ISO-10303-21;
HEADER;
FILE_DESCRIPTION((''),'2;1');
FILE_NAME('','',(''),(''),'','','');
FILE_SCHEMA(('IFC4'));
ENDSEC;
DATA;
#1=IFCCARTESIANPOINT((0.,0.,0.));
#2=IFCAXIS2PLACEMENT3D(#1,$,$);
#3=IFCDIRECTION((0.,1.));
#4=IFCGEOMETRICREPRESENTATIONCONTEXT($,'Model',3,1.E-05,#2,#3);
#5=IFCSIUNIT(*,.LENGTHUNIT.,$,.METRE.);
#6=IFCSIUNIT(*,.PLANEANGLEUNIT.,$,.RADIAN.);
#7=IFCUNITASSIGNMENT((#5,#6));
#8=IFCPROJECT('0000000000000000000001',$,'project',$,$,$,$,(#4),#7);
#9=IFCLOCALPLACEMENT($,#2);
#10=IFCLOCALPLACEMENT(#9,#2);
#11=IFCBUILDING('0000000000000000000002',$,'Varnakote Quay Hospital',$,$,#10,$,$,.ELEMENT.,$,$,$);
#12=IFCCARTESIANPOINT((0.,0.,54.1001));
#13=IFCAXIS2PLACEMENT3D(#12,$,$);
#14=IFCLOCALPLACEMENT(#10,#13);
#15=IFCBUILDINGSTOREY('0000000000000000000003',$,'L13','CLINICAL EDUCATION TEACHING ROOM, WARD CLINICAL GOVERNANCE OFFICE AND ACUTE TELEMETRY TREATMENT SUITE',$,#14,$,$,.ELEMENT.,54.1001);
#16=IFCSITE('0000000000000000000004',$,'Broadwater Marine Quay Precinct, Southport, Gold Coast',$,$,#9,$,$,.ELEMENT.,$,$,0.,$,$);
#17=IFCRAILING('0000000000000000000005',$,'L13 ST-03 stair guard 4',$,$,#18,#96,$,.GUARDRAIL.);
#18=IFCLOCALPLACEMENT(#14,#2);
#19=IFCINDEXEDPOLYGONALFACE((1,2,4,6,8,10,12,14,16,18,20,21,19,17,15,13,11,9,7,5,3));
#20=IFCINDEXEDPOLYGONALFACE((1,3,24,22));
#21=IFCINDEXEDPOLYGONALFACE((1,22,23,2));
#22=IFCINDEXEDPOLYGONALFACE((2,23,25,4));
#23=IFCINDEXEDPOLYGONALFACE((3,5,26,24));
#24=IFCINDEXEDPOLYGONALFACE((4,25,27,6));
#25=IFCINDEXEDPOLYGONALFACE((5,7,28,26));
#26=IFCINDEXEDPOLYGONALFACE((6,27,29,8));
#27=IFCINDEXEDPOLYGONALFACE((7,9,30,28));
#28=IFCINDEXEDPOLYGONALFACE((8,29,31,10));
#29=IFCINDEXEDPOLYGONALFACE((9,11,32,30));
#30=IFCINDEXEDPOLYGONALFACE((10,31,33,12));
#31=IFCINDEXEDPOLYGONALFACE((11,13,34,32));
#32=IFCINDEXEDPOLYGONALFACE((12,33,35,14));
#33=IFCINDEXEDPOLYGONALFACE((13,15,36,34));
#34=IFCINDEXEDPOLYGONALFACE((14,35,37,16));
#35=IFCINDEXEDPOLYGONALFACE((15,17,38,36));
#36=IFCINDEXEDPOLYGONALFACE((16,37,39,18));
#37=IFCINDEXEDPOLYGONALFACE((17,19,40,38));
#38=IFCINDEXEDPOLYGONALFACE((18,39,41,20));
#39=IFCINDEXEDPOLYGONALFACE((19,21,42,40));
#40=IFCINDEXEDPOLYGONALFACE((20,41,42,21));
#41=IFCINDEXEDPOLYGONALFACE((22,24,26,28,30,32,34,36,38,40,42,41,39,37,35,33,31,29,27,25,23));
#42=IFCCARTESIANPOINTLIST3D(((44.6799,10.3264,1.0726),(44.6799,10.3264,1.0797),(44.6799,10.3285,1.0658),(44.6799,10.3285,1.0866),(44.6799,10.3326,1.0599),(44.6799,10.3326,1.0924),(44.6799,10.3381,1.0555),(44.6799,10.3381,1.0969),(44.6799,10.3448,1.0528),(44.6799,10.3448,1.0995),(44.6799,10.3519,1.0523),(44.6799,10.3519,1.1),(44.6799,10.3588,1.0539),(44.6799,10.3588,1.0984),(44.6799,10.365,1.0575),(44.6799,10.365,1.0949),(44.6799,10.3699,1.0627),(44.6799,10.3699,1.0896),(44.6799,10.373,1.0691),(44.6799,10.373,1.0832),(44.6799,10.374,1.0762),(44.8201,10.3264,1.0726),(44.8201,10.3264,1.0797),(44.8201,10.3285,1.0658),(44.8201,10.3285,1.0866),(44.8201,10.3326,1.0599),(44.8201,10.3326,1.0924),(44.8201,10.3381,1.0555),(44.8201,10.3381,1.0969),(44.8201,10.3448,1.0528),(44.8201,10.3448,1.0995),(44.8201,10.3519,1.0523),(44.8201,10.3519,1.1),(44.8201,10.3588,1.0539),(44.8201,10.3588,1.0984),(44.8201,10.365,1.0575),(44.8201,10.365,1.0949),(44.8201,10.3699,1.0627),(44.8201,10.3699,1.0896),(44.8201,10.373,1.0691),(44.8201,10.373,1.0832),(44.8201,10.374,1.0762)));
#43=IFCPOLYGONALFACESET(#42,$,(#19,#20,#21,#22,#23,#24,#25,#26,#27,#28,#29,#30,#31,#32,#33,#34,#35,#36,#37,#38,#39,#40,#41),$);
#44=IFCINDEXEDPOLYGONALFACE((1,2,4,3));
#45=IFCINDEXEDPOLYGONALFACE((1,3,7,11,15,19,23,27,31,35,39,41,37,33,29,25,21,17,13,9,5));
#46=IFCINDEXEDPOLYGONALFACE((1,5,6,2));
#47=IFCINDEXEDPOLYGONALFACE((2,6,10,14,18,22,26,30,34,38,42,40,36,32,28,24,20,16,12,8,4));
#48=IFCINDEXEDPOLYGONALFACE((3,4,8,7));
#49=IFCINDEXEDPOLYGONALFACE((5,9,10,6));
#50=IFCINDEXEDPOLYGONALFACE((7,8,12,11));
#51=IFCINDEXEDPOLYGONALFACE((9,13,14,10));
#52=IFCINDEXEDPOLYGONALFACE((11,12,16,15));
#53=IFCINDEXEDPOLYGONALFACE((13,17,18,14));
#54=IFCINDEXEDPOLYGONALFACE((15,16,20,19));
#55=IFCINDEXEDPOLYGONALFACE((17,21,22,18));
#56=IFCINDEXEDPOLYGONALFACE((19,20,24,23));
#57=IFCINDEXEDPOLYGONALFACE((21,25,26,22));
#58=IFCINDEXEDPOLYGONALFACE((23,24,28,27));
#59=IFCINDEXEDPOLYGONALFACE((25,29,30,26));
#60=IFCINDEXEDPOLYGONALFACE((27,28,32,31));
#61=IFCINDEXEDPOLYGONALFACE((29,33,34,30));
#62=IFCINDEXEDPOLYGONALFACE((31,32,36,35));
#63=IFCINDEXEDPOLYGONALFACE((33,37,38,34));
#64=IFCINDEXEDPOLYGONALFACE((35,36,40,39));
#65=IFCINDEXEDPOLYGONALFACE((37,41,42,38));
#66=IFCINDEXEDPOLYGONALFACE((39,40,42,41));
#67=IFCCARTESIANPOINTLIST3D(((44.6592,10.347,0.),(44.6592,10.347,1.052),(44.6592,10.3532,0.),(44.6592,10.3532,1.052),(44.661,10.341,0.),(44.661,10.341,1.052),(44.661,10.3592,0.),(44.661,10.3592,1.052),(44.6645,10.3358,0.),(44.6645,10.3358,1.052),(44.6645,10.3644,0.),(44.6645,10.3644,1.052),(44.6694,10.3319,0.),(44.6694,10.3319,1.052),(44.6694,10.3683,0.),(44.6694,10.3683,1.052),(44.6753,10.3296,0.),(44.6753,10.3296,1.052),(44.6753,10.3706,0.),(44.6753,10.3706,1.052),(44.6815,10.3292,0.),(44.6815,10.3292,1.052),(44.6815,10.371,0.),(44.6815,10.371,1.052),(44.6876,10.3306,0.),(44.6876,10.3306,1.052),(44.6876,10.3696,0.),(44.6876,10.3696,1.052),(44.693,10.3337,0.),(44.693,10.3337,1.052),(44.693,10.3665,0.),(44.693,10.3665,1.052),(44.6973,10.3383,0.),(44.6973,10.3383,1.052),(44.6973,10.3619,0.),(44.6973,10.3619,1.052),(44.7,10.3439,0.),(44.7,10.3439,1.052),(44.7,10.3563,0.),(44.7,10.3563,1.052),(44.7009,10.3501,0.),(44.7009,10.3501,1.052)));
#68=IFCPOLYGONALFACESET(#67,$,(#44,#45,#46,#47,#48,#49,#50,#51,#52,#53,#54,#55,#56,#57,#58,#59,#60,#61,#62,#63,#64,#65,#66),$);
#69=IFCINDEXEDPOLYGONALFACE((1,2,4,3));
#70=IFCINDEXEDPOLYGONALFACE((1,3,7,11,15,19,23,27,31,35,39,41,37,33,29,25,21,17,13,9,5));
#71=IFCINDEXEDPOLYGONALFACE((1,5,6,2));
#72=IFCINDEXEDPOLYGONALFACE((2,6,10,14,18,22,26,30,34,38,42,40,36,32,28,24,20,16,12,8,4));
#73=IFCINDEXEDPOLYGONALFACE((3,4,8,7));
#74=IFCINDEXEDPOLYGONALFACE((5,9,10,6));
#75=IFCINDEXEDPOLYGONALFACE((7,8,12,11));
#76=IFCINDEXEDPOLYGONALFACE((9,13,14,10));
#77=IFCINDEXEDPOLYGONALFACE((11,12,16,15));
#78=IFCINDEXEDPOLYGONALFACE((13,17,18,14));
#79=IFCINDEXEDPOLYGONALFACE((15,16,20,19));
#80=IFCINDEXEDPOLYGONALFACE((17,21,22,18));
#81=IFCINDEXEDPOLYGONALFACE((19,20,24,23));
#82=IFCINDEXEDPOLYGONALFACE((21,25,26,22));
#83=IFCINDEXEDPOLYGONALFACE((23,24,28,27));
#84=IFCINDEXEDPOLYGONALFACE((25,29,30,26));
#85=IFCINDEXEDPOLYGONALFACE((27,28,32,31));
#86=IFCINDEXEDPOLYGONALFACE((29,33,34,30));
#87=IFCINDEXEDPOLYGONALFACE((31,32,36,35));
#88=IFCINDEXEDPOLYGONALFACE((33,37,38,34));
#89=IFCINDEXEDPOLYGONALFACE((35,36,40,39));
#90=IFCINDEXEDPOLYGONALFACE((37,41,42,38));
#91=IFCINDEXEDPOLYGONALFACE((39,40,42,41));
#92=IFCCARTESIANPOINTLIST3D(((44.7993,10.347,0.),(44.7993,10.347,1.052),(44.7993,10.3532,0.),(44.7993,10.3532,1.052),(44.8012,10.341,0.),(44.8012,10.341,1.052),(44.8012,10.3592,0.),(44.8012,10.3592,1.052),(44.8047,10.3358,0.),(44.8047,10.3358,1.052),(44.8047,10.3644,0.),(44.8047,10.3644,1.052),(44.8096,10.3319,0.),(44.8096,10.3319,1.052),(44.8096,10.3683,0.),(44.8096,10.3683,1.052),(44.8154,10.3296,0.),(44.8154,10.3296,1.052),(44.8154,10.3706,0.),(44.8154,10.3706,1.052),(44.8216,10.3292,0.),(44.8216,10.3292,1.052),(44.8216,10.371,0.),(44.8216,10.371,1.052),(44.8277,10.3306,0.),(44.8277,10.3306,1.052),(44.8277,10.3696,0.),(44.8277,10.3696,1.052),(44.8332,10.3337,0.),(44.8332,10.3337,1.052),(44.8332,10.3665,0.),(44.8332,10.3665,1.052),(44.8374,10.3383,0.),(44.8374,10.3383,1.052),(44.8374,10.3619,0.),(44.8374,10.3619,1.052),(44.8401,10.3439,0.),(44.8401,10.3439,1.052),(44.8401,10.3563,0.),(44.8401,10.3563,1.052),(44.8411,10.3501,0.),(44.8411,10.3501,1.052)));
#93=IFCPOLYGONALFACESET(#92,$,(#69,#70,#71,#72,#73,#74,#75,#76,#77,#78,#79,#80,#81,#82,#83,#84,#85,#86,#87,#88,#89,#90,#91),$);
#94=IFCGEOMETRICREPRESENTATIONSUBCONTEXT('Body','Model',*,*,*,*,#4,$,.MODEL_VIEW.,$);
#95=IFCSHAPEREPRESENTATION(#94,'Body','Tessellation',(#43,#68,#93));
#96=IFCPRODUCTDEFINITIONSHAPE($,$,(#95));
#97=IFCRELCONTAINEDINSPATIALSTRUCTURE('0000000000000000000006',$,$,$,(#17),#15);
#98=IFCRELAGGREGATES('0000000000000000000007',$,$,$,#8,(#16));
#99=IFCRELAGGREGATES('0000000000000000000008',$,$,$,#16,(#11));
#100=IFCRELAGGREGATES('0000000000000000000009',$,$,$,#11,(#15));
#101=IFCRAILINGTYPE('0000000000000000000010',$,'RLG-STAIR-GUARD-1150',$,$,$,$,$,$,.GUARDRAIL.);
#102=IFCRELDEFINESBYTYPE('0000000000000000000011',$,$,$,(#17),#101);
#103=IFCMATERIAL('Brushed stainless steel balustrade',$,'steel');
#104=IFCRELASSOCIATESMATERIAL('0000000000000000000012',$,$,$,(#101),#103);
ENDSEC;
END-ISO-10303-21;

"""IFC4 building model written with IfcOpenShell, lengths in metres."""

from ifc_helpers import new_model, si_unit, direction, frame, origin, origin_2d, place, context, subcontext, project, spatial, circle, extrude, material, type_object, element, save


model = new_model("IFC4")

# Units and contexts
model_context = context("Model", 3, precision=1e-05, world=origin(), true_north=direction((0.0, 1.0)))
body_context = subcontext(model_context, "Body", "Model", "MODEL_VIEW")
ifc_project = project(units=[si_unit("LENGTHUNIT", "METRE"), si_unit("PLANEANGLEUNIT", "RADIAN")], contexts=[model_context])

# Site, building, storey
site_placement = place(None, origin())
site = spatial("IfcSite", under=ifc_project, at=site_placement, Name="Broadwater Marine Quay Precinct, Southport, Gold Coast", CompositionType="ELEMENT", RefElevation=0.0)
building_placement = place(site_placement, origin())
building = spatial("IfcBuilding", under=site, at=building_placement, Name="Varnakote Quay Hospital", CompositionType="ELEMENT")
storey_placement = place(building_placement, frame((0.0, 0.0, 54.1001)))
storey = spatial("IfcBuildingStorey", under=building, at=storey_placement, Name="L13", Description="CLINICAL EDUCATION TEACHING ROOM, WARD CLINICAL GOVERNANCE OFFICE AND ACUTE TELEMETRY TREATMENT SUITE", CompositionType="ELEMENT", Elevation=54.1001)

# Railing
ifc_material_1 = material(Name="Brushed stainless steel balustrade", Category="steel")
railing_type_1 = type_object("IfcRailingType", Name="RLG-STAIR-GUARD-1150", PredefinedType="GUARDRAIL", material=ifc_material_1)
railing_1_placement = place(storey_placement, frame((44.6799, 10.3501, 0.0)))
element("IfcRailing", 1, at=railing_1_placement, inside=storey, type_object=railing_type_1, Name="L13 ST-03 stair guard 4", PredefinedType="GUARDRAIL", context=body_context, shape_type="SweptSolid", body=[
    extrude(circle(Radius=0.0239, at=origin_2d()), frame((0.0, 0.0, 1.0762), z_axis=(1.0, 0.0, 0.0), x_axis=(0.0, 1.0, 0.0)), (0.0, 0.0, 1.0), 0.1401),
    extrude(circle(Radius=0.021, at=origin_2d()), origin(), (0.0, 0.0, 1.0), 1.052),
    extrude(circle(Radius=0.021, at=origin_2d()), frame((0.1401, 0.0, 0.0)), (0.0, 0.0, 1.0), 1.052),
])

save(model, "model.ifc")
